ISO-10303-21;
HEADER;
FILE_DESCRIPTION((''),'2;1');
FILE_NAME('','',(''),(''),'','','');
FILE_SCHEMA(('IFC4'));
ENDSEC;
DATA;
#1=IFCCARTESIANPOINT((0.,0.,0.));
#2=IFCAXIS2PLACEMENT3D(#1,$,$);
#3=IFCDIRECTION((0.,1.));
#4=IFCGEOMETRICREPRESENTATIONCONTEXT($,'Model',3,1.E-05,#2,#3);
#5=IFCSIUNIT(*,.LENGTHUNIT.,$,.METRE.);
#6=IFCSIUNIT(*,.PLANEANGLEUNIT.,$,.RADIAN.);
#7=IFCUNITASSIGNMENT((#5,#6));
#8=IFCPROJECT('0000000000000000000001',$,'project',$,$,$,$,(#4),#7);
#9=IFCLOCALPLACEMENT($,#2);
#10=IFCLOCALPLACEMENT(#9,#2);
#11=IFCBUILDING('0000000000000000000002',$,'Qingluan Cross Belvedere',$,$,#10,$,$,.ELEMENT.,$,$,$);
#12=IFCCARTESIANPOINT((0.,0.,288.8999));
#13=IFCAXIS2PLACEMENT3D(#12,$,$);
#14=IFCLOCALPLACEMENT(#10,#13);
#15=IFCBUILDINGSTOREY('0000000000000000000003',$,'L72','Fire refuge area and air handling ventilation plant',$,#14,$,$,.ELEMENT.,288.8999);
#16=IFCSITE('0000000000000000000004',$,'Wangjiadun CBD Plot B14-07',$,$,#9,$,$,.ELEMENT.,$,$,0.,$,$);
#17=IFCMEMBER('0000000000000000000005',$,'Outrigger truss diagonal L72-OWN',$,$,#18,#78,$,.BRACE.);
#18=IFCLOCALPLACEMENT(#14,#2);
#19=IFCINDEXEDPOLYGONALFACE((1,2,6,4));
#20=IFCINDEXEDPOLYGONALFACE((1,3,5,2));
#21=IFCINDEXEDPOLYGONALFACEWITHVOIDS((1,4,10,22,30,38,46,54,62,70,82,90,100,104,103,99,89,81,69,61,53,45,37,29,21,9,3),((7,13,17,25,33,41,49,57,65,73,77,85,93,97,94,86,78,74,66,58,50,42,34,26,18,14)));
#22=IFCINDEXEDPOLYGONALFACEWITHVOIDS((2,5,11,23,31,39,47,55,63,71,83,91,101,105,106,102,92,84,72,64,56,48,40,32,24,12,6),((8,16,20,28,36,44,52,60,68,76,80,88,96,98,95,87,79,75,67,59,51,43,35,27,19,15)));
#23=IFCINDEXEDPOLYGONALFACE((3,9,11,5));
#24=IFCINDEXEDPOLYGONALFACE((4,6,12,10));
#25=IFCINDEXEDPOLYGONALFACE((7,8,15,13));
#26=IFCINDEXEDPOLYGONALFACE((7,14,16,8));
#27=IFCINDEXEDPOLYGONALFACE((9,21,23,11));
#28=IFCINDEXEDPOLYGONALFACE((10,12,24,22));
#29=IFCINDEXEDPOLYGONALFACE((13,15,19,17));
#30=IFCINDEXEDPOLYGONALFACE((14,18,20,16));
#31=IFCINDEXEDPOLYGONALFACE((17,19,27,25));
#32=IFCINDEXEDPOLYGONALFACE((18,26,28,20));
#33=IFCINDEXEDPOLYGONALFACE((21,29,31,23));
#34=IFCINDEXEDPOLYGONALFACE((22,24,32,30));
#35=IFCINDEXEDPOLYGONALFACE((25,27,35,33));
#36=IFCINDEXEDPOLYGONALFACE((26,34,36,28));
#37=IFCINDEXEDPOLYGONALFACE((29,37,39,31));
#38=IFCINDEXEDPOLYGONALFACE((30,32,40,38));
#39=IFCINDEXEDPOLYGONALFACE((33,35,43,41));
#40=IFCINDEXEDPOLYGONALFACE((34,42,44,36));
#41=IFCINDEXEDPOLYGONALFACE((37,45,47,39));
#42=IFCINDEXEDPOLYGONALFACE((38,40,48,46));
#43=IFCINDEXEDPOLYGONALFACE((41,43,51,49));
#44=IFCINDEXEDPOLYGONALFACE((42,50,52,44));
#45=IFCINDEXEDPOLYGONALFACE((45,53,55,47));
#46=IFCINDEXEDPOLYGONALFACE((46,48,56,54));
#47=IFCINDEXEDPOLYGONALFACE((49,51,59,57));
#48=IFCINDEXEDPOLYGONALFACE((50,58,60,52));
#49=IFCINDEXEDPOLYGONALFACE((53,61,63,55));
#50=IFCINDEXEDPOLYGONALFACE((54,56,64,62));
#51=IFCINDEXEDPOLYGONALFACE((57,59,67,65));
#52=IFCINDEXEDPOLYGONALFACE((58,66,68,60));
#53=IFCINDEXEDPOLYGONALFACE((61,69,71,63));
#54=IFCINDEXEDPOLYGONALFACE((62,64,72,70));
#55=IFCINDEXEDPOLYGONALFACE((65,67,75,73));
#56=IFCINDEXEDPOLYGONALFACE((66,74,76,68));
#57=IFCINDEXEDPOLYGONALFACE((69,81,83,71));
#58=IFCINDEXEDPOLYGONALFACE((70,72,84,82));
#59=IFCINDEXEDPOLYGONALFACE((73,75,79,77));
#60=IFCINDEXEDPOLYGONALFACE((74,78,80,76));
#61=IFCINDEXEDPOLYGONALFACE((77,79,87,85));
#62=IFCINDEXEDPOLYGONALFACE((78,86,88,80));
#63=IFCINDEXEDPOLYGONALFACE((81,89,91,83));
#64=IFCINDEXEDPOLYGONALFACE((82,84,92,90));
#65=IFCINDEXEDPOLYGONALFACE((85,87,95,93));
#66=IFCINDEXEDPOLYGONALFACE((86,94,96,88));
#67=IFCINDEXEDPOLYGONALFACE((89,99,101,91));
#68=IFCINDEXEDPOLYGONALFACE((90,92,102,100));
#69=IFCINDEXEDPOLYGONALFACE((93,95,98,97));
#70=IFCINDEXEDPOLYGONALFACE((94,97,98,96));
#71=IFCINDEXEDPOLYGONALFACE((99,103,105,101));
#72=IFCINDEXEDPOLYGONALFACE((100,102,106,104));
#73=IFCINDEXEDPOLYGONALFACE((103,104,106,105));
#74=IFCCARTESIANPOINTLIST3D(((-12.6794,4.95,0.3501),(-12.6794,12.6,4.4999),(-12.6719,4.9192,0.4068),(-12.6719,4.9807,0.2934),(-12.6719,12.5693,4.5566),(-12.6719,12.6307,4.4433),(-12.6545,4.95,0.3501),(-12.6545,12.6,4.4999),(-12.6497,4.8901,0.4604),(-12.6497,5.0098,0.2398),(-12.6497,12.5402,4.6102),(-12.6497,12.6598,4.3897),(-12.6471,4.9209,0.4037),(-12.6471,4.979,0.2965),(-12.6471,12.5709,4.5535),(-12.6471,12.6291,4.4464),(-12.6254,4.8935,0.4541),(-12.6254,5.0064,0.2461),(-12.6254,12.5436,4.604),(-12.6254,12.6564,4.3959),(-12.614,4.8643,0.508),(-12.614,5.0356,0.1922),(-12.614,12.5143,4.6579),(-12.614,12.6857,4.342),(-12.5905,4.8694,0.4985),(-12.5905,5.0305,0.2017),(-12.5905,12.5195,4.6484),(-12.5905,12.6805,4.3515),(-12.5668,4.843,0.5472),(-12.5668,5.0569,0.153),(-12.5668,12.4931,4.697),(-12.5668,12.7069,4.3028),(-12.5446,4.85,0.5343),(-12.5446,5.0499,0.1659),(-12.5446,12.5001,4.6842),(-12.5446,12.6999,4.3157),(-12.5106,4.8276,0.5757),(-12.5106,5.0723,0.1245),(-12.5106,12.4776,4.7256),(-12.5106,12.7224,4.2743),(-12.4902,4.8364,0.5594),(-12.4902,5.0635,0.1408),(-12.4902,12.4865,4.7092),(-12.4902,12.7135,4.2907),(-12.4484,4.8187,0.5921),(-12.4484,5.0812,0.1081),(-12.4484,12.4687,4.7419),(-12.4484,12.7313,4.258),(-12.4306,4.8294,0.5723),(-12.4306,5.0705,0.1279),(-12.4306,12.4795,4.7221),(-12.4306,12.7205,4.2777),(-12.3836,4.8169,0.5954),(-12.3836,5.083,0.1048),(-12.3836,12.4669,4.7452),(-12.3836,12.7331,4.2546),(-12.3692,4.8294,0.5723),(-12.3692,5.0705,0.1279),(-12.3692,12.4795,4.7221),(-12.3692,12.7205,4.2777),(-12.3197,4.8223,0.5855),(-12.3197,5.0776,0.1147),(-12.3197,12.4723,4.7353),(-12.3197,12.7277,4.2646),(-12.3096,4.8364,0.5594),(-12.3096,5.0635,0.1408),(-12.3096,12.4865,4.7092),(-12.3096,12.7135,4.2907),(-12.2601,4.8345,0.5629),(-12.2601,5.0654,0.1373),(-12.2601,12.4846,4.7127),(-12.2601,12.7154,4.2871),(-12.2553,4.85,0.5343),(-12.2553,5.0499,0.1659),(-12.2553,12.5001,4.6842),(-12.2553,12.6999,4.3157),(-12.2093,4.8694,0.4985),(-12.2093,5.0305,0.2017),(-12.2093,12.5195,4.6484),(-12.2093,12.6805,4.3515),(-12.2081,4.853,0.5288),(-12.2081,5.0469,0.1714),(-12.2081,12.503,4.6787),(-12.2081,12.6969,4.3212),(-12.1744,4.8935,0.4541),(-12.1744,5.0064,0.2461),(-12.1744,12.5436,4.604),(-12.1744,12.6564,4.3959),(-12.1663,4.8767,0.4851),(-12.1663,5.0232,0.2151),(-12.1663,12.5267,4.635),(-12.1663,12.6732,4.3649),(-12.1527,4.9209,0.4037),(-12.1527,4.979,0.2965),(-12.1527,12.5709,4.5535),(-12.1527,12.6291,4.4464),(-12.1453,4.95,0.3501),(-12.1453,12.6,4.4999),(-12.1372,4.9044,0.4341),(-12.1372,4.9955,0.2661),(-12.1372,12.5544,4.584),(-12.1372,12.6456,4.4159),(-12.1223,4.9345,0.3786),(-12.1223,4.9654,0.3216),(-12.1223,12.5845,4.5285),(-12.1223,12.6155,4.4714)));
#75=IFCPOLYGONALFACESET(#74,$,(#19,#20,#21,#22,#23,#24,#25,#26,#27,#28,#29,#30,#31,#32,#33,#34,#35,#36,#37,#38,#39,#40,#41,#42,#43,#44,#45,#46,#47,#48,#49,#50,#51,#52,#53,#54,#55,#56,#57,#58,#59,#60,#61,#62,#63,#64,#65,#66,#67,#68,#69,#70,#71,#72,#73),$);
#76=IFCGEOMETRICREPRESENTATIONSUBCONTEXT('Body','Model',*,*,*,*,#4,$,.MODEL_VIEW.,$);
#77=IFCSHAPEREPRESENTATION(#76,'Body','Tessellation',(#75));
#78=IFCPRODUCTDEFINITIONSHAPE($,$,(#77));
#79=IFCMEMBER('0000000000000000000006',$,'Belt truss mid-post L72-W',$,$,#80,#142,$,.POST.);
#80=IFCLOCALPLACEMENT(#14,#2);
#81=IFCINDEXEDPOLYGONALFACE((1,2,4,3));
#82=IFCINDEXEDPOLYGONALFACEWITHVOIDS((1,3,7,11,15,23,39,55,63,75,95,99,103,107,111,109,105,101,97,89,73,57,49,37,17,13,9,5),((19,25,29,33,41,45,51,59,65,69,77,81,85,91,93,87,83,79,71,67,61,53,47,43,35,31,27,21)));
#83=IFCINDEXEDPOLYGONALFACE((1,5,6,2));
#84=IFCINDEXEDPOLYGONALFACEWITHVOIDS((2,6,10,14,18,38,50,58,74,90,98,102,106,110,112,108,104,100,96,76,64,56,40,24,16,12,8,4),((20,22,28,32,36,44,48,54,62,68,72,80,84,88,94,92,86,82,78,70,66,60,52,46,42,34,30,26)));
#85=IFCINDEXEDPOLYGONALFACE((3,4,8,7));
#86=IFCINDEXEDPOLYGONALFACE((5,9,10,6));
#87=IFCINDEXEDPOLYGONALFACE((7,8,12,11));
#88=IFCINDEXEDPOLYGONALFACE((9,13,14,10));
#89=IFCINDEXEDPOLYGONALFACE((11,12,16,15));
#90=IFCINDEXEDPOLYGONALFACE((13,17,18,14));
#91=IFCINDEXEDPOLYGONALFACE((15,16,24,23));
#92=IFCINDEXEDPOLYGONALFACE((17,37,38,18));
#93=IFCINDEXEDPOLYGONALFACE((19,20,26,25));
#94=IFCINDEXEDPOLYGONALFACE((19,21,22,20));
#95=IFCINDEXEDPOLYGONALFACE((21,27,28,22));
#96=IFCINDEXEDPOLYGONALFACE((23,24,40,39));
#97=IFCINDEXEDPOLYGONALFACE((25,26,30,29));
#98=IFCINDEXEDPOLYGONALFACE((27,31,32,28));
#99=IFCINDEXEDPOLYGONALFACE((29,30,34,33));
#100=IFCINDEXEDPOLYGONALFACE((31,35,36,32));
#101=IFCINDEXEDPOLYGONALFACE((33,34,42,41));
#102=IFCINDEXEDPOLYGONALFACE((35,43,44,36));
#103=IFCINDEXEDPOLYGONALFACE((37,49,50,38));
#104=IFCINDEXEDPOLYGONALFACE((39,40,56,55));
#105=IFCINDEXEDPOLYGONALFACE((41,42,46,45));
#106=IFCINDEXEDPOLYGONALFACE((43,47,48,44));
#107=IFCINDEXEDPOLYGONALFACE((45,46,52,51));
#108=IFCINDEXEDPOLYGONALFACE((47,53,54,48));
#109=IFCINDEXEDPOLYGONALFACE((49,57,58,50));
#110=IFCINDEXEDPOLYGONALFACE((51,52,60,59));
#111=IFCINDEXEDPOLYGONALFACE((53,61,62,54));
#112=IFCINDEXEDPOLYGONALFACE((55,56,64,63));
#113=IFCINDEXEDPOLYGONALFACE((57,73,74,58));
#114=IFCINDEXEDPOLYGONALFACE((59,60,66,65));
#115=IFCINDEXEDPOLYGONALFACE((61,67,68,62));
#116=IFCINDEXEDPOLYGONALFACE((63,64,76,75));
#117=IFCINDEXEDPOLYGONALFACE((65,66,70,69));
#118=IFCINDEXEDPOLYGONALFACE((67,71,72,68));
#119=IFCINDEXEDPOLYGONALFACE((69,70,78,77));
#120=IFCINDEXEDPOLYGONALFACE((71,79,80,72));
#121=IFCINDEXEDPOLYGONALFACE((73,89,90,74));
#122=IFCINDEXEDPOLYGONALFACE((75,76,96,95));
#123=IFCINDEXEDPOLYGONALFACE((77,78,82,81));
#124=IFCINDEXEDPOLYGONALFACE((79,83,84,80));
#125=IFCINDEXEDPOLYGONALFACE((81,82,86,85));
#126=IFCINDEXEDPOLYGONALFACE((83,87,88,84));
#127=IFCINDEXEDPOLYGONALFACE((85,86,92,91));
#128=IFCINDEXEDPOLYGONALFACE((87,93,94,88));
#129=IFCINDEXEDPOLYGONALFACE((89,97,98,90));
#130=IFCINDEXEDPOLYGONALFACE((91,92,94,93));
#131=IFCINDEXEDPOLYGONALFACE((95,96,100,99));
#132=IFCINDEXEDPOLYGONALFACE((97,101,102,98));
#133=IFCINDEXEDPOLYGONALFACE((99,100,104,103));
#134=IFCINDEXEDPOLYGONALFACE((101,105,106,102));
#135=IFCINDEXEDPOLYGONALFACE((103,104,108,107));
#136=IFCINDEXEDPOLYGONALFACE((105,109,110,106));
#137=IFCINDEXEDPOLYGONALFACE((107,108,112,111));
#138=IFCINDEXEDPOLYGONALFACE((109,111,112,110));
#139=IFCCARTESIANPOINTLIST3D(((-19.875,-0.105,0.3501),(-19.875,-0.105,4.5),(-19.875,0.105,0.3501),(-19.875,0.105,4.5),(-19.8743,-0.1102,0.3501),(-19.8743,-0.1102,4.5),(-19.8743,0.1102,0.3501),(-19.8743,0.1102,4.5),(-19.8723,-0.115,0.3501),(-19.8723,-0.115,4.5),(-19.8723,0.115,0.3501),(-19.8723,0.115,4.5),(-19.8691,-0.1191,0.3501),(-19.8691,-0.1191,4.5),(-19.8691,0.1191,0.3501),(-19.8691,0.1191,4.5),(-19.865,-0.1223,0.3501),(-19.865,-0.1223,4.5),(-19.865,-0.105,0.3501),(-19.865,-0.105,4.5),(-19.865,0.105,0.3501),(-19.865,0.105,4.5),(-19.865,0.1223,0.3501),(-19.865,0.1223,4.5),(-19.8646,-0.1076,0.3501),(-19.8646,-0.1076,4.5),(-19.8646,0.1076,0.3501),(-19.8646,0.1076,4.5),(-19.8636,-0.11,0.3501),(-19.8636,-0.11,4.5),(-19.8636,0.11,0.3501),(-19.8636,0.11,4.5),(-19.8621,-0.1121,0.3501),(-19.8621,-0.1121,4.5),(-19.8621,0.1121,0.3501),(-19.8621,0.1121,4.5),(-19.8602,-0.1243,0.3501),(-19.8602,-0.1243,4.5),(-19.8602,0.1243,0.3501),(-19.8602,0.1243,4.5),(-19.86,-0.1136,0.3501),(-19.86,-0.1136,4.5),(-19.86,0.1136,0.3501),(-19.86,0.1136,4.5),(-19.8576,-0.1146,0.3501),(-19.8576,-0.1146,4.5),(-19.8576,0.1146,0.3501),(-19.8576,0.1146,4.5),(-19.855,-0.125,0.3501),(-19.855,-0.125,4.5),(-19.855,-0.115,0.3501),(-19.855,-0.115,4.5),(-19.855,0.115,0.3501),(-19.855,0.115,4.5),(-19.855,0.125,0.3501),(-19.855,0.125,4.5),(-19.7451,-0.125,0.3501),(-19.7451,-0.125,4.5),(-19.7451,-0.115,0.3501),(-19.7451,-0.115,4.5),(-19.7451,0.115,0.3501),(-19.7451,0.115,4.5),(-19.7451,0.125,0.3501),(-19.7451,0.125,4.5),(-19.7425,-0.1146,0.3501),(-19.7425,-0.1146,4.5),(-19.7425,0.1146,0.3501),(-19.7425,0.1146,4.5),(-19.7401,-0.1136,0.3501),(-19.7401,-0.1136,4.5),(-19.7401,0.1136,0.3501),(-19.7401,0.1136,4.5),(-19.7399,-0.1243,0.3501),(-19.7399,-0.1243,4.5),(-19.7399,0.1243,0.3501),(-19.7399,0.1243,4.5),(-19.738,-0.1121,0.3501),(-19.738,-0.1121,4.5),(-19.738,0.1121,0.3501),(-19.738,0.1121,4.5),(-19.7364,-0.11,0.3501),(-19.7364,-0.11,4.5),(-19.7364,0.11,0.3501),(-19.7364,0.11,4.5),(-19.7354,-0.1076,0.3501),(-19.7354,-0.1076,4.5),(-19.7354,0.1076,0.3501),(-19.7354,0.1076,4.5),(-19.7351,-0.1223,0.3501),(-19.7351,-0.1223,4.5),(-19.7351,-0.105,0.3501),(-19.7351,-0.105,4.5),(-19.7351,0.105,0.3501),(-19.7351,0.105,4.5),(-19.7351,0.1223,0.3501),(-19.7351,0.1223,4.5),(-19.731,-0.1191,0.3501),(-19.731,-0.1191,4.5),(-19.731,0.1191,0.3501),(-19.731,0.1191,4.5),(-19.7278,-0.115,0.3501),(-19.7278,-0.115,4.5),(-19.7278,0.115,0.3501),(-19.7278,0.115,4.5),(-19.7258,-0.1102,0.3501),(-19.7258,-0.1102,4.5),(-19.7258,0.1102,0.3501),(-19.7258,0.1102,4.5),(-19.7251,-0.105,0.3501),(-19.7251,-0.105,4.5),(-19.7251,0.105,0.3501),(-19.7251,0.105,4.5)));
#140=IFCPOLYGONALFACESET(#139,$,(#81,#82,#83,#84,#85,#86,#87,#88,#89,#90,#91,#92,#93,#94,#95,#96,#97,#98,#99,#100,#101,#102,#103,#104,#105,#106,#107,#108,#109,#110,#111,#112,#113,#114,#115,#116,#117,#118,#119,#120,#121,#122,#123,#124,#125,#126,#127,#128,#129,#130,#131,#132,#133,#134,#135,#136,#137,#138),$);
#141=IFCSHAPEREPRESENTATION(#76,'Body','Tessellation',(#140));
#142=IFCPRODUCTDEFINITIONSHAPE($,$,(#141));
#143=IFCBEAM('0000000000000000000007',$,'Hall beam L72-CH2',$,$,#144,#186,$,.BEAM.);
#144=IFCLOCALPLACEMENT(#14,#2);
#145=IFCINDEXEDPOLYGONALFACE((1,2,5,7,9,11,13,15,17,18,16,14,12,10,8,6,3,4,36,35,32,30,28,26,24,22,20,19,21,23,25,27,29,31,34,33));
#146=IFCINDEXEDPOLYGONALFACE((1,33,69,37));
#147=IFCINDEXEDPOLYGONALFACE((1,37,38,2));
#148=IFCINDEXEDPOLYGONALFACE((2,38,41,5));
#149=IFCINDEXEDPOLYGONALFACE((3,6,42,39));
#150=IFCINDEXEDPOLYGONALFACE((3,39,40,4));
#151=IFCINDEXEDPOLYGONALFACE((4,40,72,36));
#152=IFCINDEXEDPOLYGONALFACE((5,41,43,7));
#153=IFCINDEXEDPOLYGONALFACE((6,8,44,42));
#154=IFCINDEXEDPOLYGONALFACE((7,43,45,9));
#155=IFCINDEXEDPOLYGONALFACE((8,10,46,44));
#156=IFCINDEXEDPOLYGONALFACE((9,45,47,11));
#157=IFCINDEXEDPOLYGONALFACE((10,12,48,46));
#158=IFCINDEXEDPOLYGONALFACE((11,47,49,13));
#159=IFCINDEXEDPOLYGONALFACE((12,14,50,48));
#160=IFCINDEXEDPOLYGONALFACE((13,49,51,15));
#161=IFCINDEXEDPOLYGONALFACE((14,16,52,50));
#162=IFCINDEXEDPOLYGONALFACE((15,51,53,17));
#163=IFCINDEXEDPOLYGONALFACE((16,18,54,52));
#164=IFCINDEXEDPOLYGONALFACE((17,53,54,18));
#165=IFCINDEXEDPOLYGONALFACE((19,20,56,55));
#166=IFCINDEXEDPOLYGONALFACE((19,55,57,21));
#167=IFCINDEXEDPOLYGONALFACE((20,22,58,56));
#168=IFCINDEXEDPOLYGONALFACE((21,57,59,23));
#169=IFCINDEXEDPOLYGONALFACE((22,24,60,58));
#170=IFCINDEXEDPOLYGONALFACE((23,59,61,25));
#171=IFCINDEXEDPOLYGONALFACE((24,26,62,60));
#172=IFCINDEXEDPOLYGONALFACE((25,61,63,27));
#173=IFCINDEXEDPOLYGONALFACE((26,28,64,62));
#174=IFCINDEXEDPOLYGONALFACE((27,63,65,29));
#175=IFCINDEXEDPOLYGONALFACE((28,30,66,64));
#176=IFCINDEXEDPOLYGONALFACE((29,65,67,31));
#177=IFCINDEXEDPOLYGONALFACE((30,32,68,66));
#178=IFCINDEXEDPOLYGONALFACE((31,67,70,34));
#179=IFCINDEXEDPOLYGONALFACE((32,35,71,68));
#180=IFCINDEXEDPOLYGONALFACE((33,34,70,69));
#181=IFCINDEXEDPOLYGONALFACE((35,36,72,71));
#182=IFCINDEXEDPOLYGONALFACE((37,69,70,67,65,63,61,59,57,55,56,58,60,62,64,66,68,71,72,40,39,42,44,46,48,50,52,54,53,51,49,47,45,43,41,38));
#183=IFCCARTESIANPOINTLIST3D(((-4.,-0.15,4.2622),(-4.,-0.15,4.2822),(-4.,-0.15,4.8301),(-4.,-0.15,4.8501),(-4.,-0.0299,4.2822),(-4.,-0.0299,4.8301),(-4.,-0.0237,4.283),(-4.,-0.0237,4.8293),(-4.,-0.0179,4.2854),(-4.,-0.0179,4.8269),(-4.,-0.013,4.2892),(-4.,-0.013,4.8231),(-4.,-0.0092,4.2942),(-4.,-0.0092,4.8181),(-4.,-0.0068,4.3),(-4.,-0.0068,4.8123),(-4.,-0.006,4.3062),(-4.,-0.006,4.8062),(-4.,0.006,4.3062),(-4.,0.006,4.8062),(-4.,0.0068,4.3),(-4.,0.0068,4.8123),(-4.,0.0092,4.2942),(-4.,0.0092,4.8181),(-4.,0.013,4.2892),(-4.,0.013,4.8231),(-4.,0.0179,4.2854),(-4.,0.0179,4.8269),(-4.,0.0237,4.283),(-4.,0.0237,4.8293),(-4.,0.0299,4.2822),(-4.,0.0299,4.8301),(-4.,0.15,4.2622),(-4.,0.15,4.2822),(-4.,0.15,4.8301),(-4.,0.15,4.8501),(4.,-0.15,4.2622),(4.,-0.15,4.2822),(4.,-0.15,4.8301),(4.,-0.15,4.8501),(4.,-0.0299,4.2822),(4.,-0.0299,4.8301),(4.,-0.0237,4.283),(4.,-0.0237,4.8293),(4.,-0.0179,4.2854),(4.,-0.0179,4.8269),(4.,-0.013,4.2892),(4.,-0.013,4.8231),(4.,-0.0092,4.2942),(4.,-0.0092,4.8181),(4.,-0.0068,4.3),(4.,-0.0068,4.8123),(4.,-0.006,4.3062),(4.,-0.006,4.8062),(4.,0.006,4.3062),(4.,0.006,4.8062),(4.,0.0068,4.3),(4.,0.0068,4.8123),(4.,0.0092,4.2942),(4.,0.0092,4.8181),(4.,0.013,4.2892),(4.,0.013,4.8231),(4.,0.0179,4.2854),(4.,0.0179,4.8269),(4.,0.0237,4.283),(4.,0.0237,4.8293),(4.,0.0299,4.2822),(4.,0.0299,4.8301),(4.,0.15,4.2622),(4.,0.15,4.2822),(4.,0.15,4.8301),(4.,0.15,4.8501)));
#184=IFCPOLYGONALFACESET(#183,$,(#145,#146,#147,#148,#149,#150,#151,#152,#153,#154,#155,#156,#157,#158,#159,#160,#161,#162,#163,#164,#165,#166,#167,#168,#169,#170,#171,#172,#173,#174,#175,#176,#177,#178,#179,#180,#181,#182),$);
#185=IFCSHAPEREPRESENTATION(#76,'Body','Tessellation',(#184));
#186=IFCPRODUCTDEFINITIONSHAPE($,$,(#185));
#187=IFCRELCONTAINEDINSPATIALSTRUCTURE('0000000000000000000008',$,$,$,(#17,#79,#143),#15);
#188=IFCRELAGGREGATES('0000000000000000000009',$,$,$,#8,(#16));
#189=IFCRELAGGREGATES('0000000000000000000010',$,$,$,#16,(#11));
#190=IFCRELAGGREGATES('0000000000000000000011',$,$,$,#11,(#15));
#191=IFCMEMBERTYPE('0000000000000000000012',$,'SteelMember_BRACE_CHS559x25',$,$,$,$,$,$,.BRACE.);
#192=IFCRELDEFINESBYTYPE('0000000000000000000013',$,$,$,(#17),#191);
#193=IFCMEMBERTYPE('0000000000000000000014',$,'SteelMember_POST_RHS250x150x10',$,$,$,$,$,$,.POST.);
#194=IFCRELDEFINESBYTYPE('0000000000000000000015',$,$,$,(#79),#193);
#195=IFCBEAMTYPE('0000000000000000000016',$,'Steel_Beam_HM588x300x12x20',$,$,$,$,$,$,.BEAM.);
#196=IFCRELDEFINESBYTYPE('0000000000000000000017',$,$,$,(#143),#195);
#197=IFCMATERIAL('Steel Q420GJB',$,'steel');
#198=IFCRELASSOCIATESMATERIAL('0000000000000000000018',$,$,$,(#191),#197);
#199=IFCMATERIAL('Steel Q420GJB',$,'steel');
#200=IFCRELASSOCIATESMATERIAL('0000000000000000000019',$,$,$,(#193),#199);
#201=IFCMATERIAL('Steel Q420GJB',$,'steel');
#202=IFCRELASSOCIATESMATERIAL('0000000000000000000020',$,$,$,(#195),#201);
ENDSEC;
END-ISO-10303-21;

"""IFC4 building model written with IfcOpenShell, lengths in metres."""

from ifc_helpers import new_model, si_unit, direction, frame, origin, origin_2d, place, context, subcontext, project, spatial, hollow_rectangle, hollow_circle, i_section, extrude, material, material_profile, profile_set, type_object, element, save


model = new_model("IFC4")

# Units and contexts
model_context = context("Model", 3, precision=1e-05, world=origin(), true_north=direction((0.0, 1.0)))
body_context = subcontext(model_context, "Body", "Model", "MODEL_VIEW")
ifc_project = project(units=[si_unit("LENGTHUNIT", "METRE"), si_unit("PLANEANGLEUNIT", "RADIAN")], contexts=[model_context])

# Site, building, storey
site_placement = place(None, origin())
site = spatial("IfcSite", under=ifc_project, at=site_placement, Name="Wangjiadun CBD Plot B14-07", CompositionType="ELEMENT", RefElevation=0.0)
building_placement = place(site_placement, origin())
building = spatial("IfcBuilding", under=site, at=building_placement, Name="Qingluan Cross Belvedere", CompositionType="ELEMENT")
storey_placement = place(building_placement, frame((0.0, 0.0, 288.8999)))
storey = spatial("IfcBuildingStorey", under=building, at=storey_placement, Name="L72", Description="Fire refuge area and air handling ventilation plant", CompositionType="ELEMENT", Elevation=288.8999)

# Members
ifc_material_1 = material(Name="Steel Q420GJB", Category="steel")
ifc_material_profile_1 = material_profile(ifc_material_1, hollow_circle(Radius=0.2795, WallThickness=0.0249, at=origin_2d()), Name="CHS559x25")
ifc_profile_set_1 = profile_set([ifc_material_profile_1], Name="Steel Q420GJB")
member_type_1 = type_object("IfcMemberType", Name="SteelMember_BRACE_CHS559x25", PredefinedType="BRACE", material=ifc_profile_set_1)
member_1_placement = place(storey_placement, frame((-12.3999, 4.95, 0.3501), z_axis=(0.0, 0.879, 0.476823), x_axis=(-1.0, 0.0, 0.0)))
element("IfcMember", 1, at=member_1_placement, inside=storey, type_object=member_type_1, Name="Outrigger truss diagonal L72-OWN", PredefinedType="BRACE", context=body_context, shape_type="SweptSolid", body=[
    extrude(hollow_circle(Radius=0.2795, WallThickness=0.0249, at=origin_2d()), origin(), (0.0, 0.0, 1.0), 8.7031),
])
ifc_material_2 = material(Name="Steel Q420GJB", Category="steel")
ifc_material_profile_2 = material_profile(ifc_material_2, hollow_rectangle(XDim=0.1499, YDim=0.25, WallThickness=0.01, InnerFilletRadius=0.01, OuterFilletRadius=0.02, at=origin_2d()), Name="RHS250x150x10")
ifc_profile_set_2 = profile_set([ifc_material_profile_2], Name="Steel Q420GJB")
member_type_2 = type_object("IfcMemberType", Name="SteelMember_POST_RHS250x150x10", PredefinedType="POST", material=ifc_profile_set_2)
member_2_placement = place(storey_placement, frame((-19.8, 0.0, 0.3501), z_axis=(0.0, 0.0, 1.0), x_axis=(1.0, 0.0, 0.0)))
element("IfcMember", 2, at=member_2_placement, inside=storey, type_object=member_type_2, Name="Belt truss mid-post L72-W", PredefinedType="POST", context=body_context, shape_type="SweptSolid", body=[
    extrude(hollow_rectangle(XDim=0.1499, YDim=0.25, WallThickness=0.01, InnerFilletRadius=0.01, OuterFilletRadius=0.02, at=origin_2d()), origin(), (0.0, 0.0, 1.0), 4.1499),
])

# Beam
ifc_material_3 = material(Name="Steel Q420GJB", Category="steel")
ifc_material_profile_3 = material_profile(ifc_material_3, i_section(OverallWidth=0.3, OverallDepth=0.5879, WebThickness=0.012, FlangeThickness=0.02, FilletRadius=0.0239, at=origin_2d()), Name="HM588x300x12x20")
ifc_profile_set_3 = profile_set([ifc_material_profile_3], Name="Steel Q420GJB")
beam_type_1 = type_object("IfcBeamType", Name="Steel_Beam_HM588x300x12x20", PredefinedType="BEAM", material=ifc_profile_set_3)
for number, where, z_axis, x_axis, name in (
    (3, (-4.0, 0.0, 4.5562), (1.0, 0.0, 0.0), (0.0, 1.0, 0.0), "Hall beam L72-CH2"),
):
    element("IfcBeam", number, at=place(storey_placement, frame(where, z_axis=z_axis, x_axis=x_axis)), inside=storey, type_object=beam_type_1, Name=name, PredefinedType="BEAM", context=body_context, shape_type="SweptSolid", body=[
        extrude(i_section(OverallWidth=0.3, OverallDepth=0.5879, WebThickness=0.012, FlangeThickness=0.02, FilletRadius=0.0239, at=origin_2d()), origin(), (0.0, 0.0, 1.0), 8.0),
    ])

save(model, "model.ifc")
